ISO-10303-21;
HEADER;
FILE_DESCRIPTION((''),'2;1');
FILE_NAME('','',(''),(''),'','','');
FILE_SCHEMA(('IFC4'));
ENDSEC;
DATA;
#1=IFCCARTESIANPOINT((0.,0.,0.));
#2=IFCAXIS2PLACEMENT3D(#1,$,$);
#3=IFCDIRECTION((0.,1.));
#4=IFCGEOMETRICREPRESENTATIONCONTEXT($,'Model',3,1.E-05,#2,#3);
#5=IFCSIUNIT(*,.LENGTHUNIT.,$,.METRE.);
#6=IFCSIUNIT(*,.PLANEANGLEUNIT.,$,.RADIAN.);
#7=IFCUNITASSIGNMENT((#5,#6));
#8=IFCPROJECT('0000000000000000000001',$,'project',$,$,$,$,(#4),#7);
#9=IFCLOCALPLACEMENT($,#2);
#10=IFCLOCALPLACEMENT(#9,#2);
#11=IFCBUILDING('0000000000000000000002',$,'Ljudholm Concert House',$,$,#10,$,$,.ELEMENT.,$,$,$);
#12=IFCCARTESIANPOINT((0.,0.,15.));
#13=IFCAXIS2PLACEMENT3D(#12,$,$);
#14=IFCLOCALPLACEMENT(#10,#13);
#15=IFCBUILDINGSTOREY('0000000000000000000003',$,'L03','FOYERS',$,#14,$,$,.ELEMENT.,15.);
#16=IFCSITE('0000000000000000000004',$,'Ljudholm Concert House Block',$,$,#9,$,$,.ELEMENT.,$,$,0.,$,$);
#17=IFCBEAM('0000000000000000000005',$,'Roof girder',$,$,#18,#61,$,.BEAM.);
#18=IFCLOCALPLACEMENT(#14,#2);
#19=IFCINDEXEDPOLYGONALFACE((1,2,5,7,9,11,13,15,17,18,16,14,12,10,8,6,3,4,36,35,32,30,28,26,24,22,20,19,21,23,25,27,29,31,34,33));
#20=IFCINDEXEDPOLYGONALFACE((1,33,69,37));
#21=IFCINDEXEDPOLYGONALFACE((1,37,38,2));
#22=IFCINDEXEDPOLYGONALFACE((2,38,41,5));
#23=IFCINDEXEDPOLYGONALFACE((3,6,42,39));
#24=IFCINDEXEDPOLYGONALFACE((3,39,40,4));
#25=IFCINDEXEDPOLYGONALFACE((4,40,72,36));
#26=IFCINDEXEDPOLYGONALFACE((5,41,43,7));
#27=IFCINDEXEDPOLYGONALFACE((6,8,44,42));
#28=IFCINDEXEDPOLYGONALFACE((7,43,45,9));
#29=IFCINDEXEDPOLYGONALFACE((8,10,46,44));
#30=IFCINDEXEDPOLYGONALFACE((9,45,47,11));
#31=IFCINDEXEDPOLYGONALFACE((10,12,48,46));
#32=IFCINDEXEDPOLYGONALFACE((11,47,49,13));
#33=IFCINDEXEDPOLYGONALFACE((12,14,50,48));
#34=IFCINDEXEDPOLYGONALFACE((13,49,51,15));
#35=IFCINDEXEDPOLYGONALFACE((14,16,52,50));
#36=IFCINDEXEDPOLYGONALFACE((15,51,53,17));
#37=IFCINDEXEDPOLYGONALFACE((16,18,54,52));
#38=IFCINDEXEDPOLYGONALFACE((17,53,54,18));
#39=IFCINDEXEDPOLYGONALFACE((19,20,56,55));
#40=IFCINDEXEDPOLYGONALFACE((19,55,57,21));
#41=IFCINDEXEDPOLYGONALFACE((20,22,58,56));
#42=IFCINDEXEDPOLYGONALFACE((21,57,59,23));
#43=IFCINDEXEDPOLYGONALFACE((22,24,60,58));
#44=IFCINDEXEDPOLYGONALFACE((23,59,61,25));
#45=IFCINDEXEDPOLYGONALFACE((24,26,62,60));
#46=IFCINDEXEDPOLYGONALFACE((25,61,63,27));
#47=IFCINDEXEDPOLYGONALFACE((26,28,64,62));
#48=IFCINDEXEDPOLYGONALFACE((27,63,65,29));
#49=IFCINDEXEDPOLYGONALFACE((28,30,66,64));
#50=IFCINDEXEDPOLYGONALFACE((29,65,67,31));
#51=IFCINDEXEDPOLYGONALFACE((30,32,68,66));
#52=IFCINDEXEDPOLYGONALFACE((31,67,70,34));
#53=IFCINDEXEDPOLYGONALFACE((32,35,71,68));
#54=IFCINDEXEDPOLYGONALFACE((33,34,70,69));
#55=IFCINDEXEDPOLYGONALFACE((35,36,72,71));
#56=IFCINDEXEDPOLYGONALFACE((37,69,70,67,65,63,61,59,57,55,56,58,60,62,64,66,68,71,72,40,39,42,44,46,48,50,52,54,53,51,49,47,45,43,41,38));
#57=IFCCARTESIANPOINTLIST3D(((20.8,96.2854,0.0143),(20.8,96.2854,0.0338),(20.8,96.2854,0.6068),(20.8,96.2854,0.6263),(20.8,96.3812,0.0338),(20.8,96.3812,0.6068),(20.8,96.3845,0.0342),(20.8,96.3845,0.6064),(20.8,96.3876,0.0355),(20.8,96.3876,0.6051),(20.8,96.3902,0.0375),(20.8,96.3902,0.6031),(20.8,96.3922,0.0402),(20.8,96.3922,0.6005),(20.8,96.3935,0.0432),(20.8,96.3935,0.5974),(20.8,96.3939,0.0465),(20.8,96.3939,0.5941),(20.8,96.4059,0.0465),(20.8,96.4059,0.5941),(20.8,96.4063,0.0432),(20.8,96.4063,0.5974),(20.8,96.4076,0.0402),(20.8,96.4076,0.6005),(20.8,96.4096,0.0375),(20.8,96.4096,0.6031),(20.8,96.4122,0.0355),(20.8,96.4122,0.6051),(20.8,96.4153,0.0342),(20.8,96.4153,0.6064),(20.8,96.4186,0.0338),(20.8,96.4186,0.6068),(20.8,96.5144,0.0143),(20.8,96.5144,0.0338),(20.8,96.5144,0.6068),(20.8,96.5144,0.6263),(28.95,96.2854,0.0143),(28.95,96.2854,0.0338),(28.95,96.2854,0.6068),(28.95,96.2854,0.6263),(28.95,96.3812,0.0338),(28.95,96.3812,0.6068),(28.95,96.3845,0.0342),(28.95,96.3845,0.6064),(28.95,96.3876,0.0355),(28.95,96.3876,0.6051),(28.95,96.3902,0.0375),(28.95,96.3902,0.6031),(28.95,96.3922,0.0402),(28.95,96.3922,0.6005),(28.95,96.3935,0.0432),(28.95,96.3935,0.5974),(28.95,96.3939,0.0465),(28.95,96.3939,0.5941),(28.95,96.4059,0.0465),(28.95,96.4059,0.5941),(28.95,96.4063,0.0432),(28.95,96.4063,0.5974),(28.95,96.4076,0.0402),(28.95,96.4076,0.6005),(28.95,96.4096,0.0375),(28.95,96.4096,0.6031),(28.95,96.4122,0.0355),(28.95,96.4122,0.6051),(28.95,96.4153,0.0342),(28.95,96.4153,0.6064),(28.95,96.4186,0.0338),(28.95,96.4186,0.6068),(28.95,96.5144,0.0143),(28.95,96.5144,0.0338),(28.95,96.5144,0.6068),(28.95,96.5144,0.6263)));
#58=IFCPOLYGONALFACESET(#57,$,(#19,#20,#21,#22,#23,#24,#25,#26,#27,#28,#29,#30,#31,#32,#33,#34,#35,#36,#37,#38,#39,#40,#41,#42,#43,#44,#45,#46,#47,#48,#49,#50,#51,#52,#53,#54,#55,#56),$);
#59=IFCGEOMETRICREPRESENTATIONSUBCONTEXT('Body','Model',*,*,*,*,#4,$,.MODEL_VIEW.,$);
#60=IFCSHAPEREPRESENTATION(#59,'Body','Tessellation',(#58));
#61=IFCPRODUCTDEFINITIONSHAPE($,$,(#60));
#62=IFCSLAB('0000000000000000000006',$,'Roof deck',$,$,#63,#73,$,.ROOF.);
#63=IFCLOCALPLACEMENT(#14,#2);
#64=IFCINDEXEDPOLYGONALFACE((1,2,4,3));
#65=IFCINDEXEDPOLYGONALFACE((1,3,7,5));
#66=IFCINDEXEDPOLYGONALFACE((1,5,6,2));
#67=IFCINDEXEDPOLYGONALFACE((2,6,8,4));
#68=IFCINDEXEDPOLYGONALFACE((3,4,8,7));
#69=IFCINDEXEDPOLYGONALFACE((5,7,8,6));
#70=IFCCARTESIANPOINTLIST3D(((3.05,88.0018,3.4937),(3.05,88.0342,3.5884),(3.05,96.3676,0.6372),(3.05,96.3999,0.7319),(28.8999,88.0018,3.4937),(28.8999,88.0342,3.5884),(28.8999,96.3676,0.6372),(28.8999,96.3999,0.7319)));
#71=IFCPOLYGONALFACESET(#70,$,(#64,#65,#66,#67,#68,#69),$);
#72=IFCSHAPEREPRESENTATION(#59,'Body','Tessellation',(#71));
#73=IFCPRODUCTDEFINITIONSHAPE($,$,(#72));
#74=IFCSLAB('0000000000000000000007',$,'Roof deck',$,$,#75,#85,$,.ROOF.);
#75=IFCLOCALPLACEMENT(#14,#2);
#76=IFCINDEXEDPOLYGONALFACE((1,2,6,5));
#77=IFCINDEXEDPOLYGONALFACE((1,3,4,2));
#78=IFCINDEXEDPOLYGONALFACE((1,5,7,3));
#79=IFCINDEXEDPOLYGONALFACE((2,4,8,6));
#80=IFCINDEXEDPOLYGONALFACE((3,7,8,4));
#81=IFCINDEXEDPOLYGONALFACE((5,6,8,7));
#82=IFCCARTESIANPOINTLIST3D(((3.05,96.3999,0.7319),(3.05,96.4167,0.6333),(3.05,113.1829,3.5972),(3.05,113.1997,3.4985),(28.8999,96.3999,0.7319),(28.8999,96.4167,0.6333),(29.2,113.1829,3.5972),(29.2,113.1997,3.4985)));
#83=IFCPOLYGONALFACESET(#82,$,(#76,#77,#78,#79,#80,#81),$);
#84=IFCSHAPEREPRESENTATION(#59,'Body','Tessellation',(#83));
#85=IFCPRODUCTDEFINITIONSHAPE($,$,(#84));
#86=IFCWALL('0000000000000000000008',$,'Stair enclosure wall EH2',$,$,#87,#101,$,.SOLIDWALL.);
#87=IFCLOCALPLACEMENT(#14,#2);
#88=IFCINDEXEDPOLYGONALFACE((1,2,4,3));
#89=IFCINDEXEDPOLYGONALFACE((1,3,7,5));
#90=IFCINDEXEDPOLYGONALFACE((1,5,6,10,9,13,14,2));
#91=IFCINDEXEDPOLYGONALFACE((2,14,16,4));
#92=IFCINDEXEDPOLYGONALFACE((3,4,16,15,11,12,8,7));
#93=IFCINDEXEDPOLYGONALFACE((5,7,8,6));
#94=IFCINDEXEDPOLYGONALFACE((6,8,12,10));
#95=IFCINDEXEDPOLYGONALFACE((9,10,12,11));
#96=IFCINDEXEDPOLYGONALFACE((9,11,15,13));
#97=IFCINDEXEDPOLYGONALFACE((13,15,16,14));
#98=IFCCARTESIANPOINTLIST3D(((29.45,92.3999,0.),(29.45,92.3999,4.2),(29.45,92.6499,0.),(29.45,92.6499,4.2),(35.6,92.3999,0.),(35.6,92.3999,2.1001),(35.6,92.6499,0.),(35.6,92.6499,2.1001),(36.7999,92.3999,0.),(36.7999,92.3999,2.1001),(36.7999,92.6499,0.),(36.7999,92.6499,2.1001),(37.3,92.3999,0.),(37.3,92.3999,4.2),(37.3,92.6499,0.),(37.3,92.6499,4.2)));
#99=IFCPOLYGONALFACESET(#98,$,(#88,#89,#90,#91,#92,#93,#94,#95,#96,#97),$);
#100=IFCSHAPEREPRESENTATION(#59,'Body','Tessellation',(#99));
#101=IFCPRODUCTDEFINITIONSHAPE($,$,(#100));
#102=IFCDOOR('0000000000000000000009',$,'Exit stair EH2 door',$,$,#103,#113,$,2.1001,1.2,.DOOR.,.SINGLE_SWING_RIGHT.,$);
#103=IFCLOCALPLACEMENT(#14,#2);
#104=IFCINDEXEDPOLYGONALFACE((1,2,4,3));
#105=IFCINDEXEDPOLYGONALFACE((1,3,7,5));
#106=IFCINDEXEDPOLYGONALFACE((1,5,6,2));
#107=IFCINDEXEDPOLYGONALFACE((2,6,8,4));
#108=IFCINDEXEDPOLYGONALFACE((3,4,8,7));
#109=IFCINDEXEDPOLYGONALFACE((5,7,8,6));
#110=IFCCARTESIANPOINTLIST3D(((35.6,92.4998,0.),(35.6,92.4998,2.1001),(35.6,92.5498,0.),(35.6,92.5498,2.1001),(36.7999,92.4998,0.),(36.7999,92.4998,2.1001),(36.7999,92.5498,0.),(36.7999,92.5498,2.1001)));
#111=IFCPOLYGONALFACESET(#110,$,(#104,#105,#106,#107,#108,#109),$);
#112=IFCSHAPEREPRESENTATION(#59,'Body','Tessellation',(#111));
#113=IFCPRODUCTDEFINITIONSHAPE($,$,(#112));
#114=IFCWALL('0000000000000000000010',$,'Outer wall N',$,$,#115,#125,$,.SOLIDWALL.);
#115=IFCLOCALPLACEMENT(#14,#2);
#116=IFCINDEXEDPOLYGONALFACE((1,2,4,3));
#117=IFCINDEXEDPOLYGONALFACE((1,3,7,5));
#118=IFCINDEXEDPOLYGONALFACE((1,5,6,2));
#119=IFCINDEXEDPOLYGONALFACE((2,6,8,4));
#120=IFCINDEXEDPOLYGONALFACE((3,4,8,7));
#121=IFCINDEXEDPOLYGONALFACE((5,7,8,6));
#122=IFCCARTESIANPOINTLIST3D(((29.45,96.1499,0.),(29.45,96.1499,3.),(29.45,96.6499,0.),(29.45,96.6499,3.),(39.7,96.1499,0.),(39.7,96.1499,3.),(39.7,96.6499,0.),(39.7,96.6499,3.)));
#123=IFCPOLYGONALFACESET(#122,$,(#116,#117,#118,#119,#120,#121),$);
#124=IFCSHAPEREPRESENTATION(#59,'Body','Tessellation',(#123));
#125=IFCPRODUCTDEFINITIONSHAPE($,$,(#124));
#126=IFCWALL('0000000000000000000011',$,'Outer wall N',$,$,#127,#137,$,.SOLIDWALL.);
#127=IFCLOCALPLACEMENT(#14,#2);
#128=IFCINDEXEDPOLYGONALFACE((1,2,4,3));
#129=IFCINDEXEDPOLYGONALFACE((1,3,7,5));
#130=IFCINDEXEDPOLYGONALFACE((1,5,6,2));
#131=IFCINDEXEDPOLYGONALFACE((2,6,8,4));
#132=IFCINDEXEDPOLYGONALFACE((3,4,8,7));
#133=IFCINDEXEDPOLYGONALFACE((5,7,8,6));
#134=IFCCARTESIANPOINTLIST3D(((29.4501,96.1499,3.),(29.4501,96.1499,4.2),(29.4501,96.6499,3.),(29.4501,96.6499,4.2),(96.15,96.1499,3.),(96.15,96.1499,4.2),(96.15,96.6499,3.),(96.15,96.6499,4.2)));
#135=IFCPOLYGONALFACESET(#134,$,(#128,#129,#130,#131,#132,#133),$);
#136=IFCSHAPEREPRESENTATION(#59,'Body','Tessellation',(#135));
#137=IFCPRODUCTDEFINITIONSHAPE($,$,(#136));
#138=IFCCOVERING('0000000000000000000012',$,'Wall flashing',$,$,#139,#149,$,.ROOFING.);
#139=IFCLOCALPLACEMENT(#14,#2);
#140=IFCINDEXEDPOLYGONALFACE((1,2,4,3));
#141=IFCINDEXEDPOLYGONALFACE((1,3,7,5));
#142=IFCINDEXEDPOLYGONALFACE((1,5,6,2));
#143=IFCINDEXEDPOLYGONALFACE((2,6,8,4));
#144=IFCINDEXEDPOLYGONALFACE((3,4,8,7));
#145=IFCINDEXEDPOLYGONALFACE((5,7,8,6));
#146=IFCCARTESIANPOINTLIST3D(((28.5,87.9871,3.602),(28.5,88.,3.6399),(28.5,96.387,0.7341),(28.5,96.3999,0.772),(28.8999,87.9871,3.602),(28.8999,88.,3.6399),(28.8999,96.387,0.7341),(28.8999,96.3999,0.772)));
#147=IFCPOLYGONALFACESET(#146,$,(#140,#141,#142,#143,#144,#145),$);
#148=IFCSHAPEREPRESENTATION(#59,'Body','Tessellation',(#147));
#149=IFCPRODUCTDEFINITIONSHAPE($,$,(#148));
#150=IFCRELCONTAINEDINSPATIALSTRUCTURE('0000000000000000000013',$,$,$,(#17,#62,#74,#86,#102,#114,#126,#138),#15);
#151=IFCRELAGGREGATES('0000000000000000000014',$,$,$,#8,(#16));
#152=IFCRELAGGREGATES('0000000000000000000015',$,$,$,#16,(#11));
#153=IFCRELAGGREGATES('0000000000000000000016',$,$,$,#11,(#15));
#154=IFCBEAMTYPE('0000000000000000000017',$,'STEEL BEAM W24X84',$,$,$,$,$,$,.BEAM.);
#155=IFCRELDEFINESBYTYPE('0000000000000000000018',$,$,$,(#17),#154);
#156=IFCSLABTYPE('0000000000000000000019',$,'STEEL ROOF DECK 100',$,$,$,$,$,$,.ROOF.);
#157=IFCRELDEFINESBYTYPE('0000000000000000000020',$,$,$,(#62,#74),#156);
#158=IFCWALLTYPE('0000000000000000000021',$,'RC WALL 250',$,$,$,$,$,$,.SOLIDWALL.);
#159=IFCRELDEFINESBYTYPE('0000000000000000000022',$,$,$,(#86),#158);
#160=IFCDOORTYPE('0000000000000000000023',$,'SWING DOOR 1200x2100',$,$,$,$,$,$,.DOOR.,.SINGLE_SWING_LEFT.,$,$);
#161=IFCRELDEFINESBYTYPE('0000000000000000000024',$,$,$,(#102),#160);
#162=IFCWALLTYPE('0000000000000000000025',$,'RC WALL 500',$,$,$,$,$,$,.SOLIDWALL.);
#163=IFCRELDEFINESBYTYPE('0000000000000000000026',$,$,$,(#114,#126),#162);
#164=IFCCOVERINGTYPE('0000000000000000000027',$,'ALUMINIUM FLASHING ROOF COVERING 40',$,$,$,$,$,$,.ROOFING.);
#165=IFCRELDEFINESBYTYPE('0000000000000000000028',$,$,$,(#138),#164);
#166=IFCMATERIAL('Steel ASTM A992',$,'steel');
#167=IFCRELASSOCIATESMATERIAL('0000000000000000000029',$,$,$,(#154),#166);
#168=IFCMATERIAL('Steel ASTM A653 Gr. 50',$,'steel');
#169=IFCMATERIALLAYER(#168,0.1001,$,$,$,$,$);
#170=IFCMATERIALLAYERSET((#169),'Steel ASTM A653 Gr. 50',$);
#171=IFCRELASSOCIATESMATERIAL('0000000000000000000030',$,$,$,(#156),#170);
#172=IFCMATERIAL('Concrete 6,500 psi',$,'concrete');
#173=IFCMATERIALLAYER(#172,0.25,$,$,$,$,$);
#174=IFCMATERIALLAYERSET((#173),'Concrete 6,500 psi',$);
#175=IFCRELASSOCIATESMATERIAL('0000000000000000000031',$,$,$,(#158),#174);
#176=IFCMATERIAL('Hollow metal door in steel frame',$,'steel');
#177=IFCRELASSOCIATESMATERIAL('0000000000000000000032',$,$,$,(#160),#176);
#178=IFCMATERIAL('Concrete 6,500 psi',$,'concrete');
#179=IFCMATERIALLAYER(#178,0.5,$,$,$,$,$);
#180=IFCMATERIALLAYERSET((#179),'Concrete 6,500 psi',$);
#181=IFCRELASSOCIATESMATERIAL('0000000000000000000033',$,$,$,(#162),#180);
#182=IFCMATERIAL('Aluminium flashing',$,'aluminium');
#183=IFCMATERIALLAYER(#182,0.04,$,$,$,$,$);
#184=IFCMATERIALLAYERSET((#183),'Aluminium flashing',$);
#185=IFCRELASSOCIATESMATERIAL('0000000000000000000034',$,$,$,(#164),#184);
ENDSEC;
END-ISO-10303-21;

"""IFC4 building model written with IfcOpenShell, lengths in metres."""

from ifc_helpers import new_model, si_unit, direction, frame, frame_2d, origin, origin_2d, place, context, subcontext, project, spatial, polyline, rectangle, i_section, outline, extrude, material, layer, layer_set, material_profile, profile_set, type_object, element, fill, save


model = new_model("IFC4")

# Units and contexts
model_context = context("Model", 3, precision=1e-05, world=origin(), true_north=direction((0.0, 1.0)))
body_context = subcontext(model_context, "Body", "Model", "MODEL_VIEW")
ifc_project = project(units=[si_unit("LENGTHUNIT", "METRE"), si_unit("PLANEANGLEUNIT", "RADIAN")], contexts=[model_context])

# Site, building, storey
site_placement = place(None, origin())
site = spatial("IfcSite", under=ifc_project, at=site_placement, Name="Ljudholm Concert House Block", CompositionType="ELEMENT", RefElevation=0.0)
building_placement = place(site_placement, origin())
building = spatial("IfcBuilding", under=site, at=building_placement, Name="Ljudholm Concert House", CompositionType="ELEMENT")
storey_placement = place(building_placement, frame((0.0, 0.0, 15.0)))
storey = spatial("IfcBuildingStorey", under=building, at=storey_placement, Name="L03", Description="FOYERS", CompositionType="ELEMENT", Elevation=15.0)

# Beam
ifc_material_1 = material(Name="Steel ASTM A992", Category="steel")
ifc_material_profile_1 = material_profile(ifc_material_1, i_section(OverallWidth=0.229, OverallDepth=0.6121, WebThickness=0.012, FlangeThickness=0.0195, FilletRadius=0.0127, at=origin_2d()), Name="W24X84")
ifc_profile_set_1 = profile_set([ifc_material_profile_1], Name="Steel ASTM A992")
beam_type_1 = type_object("IfcBeamType", Name="STEEL BEAM W24X84", PredefinedType="BEAM", material=ifc_profile_set_1)
beam_1_placement = place(storey_placement, frame((20.8, 96.3999, 0.3203), z_axis=(1.0, 0.0, 0.0), x_axis=(0.0, 1.0, 0.0)))
element("IfcBeam", 1, at=beam_1_placement, inside=storey, type_object=beam_type_1, Name="Roof girder", PredefinedType="BEAM", context=body_context, shape_type="SweptSolid", body=[
    extrude(i_section(OverallWidth=0.229, OverallDepth=0.6121, WebThickness=0.012, FlangeThickness=0.0195, FilletRadius=0.0127, at=origin_2d()), origin(), (0.0, 0.0, 1.0), 8.1499),
])

# Slabs
ifc_material_2 = material(Name="Steel ASTM A653 Gr. 50", Category="steel")
ifc_layer_1 = layer(ifc_material_2, 0.1001)
ifc_layer_set_1 = layer_set([ifc_layer_1], Name="Steel ASTM A653 Gr. 50")
slab_type = type_object("IfcSlabType", Name="STEEL ROOF DECK 100", PredefinedType="ROOF", material=ifc_layer_set_1)
slab_1_placement = place(storey_placement, frame((3.05, 88.0342, 3.5884), z_axis=(0.0, 0.323129, 0.946355), x_axis=(1.0, 0.0, 0.0)))
element("IfcSlab", 2, at=slab_1_placement, inside=storey, type_object=slab_type, Name="Roof deck", PredefinedType="ROOF", context=body_context, shape_type="SweptSolid", body=[
    extrude(outline(polyline([(0.0, 0.0), (25.8499, 0.0), (25.8499, 8.8399), (0.0, 8.8399), (0.0, 0.0)])), origin(), (0.0, 0.0, -1.0), 0.1001),
])
slab_2_placement = place(storey_placement, frame((3.05, 96.3999, 0.7319), z_axis=(0.0, -0.168288, 0.985738), x_axis=(1.0, 0.0, 0.0)))
element("IfcSlab", 3, at=slab_2_placement, inside=storey, type_object=slab_type, Name="Roof deck", PredefinedType="ROOF", context=body_context, shape_type="SweptSolid", body=[
    extrude(outline(polyline([(0.0, 0.0), (25.8499, 0.0), (26.1499, 17.0258), (0.0, 17.0258), (0.0, 0.0)])), origin(), (0.0, 0.0, -1.0), 0.1001),
])

# Wall, opening, door
ifc_material_3 = material(Name="Concrete 6,500 psi", Category="concrete")
ifc_layer_2 = layer(ifc_material_3, 0.25)
ifc_layer_set_2 = layer_set([ifc_layer_2], Name="Concrete 6,500 psi")
wall_type_1 = type_object("IfcWallType", Name="RC WALL 250", PredefinedType="SOLIDWALL", material=ifc_layer_set_2)
wall_1_placement = place(storey_placement, frame((29.45, 92.5249, 0.0), z_axis=(0.0, 0.0, 1.0), x_axis=(1.0, 0.0, 0.0)))
wall_1 = element("IfcWall", 4, at=wall_1_placement, inside=storey, type_object=wall_type_1, Name="Stair enclosure wall EH2", PredefinedType="SOLIDWALL", context=body_context, shape_type="SweptSolid", body=[
    extrude(rectangle(XDim=7.8501, YDim=0.25, at=frame_2d((3.925, 0.0))), origin(), (0.0, 0.0, 1.0), 4.2),
])
opening_placement = place(wall_1_placement, frame((6.1499, 0.0, 0.0)))
opening = element("IfcOpeningElement", 5, at=opening_placement, cuts=wall_1, PredefinedType="OPENING", context=body_context, shape_type="SweptSolid", body=[
    extrude(rectangle(XDim=1.2, YDim=2.1001, at=frame_2d((0.6001, 1.05))), frame((0.0, 0.135, 0.0), z_axis=(0.0, -1.0, 0.0), x_axis=(1.0, 0.0, 0.0)), (0.0, 0.0, 1.0), 0.27),
])
ifc_material_4 = material(Name="Hollow metal door in steel frame", Category="steel")
door_type = type_object("IfcDoorType", Name="SWING DOOR 1200x2100", OperationType="SINGLE_SWING_LEFT", PredefinedType="DOOR", material=ifc_material_4)
door_placement = place(opening_placement, origin())
door = element("IfcDoor", 6, at=door_placement, inside=storey, type_object=door_type, Name="Exit stair EH2 door", OperationType="SINGLE_SWING_RIGHT", OverallHeight=2.1001, OverallWidth=1.2, PredefinedType="DOOR", context=body_context, shape_type="SweptSolid", body=[
    extrude(rectangle(XDim=1.2, YDim=2.1001, at=frame_2d((0.6001, 1.05))), frame((0.0, 0.0249, 0.0), z_axis=(0.0, -1.0, 0.0), x_axis=(1.0, 0.0, 0.0)), (0.0, 0.0, 1.0), 0.05),
])
fill(opening, door)

# Walls
ifc_material_5 = material(Name="Concrete 6,500 psi", Category="concrete")
ifc_layer_3 = layer(ifc_material_5, 0.5)
ifc_layer_set_3 = layer_set([ifc_layer_3], Name="Concrete 6,500 psi")
wall_type_2 = type_object("IfcWallType", Name="RC WALL 500", PredefinedType="SOLIDWALL", material=ifc_layer_set_3)
wall_2_placement = place(storey_placement, frame((29.45, 96.3999, 0.0), z_axis=(0.0, 0.0, 1.0), x_axis=(1.0, 0.0, 0.0)))
element("IfcWall", 7, at=wall_2_placement, inside=storey, type_object=wall_type_2, Name="Outer wall N", PredefinedType="SOLIDWALL", context=body_context, shape_type="SweptSolid", body=[
    extrude(rectangle(XDim=10.25, YDim=0.5, at=frame_2d((5.125, 0.0))), origin(), (0.0, 0.0, 1.0), 3.0),
])
wall_3_placement = place(storey_placement, frame((29.45, 96.3999, 3.0), z_axis=(0.0, 0.0, 1.0), x_axis=(1.0, 0.0, 0.0)))
element("IfcWall", 8, at=wall_3_placement, inside=storey, type_object=wall_type_2, Name="Outer wall N", PredefinedType="SOLIDWALL", context=body_context, shape_type="SweptSolid", body=[
    extrude(rectangle(XDim=66.7, YDim=0.5, at=frame_2d((33.3501, 0.0))), origin(), (0.0, 0.0, 1.0), 1.2),
])

# Covering
ifc_material_6 = material(Name="Aluminium flashing", Category="aluminium")
ifc_layer_4 = layer(ifc_material_6, 0.04)
ifc_layer_set_4 = layer_set([ifc_layer_4], Name="Aluminium flashing")
covering_type_1 = type_object("IfcCoveringType", Name="ALUMINIUM FLASHING ROOF COVERING 40", PredefinedType="ROOFING", material=ifc_layer_set_4)
covering_1_placement = place(storey_placement, frame((28.5, 88.0, 3.6399), z_axis=(0.0, 0.32311, 0.946362), x_axis=(1.0, 0.0, 0.0)))
element("IfcCovering", 9, at=covering_1_placement, inside=storey, type_object=covering_type_1, Name="Wall flashing", PredefinedType="ROOFING", context=body_context, shape_type="SweptSolid", body=[
    extrude(outline(polyline([(0.0, 0.0), (0.3999, 0.0), (0.3999, 8.876), (0.0, 8.876), (0.0, 0.0)])), origin(), (0.0, 0.0, -1.0), 0.04),
])

save(model, "model.ifc")
